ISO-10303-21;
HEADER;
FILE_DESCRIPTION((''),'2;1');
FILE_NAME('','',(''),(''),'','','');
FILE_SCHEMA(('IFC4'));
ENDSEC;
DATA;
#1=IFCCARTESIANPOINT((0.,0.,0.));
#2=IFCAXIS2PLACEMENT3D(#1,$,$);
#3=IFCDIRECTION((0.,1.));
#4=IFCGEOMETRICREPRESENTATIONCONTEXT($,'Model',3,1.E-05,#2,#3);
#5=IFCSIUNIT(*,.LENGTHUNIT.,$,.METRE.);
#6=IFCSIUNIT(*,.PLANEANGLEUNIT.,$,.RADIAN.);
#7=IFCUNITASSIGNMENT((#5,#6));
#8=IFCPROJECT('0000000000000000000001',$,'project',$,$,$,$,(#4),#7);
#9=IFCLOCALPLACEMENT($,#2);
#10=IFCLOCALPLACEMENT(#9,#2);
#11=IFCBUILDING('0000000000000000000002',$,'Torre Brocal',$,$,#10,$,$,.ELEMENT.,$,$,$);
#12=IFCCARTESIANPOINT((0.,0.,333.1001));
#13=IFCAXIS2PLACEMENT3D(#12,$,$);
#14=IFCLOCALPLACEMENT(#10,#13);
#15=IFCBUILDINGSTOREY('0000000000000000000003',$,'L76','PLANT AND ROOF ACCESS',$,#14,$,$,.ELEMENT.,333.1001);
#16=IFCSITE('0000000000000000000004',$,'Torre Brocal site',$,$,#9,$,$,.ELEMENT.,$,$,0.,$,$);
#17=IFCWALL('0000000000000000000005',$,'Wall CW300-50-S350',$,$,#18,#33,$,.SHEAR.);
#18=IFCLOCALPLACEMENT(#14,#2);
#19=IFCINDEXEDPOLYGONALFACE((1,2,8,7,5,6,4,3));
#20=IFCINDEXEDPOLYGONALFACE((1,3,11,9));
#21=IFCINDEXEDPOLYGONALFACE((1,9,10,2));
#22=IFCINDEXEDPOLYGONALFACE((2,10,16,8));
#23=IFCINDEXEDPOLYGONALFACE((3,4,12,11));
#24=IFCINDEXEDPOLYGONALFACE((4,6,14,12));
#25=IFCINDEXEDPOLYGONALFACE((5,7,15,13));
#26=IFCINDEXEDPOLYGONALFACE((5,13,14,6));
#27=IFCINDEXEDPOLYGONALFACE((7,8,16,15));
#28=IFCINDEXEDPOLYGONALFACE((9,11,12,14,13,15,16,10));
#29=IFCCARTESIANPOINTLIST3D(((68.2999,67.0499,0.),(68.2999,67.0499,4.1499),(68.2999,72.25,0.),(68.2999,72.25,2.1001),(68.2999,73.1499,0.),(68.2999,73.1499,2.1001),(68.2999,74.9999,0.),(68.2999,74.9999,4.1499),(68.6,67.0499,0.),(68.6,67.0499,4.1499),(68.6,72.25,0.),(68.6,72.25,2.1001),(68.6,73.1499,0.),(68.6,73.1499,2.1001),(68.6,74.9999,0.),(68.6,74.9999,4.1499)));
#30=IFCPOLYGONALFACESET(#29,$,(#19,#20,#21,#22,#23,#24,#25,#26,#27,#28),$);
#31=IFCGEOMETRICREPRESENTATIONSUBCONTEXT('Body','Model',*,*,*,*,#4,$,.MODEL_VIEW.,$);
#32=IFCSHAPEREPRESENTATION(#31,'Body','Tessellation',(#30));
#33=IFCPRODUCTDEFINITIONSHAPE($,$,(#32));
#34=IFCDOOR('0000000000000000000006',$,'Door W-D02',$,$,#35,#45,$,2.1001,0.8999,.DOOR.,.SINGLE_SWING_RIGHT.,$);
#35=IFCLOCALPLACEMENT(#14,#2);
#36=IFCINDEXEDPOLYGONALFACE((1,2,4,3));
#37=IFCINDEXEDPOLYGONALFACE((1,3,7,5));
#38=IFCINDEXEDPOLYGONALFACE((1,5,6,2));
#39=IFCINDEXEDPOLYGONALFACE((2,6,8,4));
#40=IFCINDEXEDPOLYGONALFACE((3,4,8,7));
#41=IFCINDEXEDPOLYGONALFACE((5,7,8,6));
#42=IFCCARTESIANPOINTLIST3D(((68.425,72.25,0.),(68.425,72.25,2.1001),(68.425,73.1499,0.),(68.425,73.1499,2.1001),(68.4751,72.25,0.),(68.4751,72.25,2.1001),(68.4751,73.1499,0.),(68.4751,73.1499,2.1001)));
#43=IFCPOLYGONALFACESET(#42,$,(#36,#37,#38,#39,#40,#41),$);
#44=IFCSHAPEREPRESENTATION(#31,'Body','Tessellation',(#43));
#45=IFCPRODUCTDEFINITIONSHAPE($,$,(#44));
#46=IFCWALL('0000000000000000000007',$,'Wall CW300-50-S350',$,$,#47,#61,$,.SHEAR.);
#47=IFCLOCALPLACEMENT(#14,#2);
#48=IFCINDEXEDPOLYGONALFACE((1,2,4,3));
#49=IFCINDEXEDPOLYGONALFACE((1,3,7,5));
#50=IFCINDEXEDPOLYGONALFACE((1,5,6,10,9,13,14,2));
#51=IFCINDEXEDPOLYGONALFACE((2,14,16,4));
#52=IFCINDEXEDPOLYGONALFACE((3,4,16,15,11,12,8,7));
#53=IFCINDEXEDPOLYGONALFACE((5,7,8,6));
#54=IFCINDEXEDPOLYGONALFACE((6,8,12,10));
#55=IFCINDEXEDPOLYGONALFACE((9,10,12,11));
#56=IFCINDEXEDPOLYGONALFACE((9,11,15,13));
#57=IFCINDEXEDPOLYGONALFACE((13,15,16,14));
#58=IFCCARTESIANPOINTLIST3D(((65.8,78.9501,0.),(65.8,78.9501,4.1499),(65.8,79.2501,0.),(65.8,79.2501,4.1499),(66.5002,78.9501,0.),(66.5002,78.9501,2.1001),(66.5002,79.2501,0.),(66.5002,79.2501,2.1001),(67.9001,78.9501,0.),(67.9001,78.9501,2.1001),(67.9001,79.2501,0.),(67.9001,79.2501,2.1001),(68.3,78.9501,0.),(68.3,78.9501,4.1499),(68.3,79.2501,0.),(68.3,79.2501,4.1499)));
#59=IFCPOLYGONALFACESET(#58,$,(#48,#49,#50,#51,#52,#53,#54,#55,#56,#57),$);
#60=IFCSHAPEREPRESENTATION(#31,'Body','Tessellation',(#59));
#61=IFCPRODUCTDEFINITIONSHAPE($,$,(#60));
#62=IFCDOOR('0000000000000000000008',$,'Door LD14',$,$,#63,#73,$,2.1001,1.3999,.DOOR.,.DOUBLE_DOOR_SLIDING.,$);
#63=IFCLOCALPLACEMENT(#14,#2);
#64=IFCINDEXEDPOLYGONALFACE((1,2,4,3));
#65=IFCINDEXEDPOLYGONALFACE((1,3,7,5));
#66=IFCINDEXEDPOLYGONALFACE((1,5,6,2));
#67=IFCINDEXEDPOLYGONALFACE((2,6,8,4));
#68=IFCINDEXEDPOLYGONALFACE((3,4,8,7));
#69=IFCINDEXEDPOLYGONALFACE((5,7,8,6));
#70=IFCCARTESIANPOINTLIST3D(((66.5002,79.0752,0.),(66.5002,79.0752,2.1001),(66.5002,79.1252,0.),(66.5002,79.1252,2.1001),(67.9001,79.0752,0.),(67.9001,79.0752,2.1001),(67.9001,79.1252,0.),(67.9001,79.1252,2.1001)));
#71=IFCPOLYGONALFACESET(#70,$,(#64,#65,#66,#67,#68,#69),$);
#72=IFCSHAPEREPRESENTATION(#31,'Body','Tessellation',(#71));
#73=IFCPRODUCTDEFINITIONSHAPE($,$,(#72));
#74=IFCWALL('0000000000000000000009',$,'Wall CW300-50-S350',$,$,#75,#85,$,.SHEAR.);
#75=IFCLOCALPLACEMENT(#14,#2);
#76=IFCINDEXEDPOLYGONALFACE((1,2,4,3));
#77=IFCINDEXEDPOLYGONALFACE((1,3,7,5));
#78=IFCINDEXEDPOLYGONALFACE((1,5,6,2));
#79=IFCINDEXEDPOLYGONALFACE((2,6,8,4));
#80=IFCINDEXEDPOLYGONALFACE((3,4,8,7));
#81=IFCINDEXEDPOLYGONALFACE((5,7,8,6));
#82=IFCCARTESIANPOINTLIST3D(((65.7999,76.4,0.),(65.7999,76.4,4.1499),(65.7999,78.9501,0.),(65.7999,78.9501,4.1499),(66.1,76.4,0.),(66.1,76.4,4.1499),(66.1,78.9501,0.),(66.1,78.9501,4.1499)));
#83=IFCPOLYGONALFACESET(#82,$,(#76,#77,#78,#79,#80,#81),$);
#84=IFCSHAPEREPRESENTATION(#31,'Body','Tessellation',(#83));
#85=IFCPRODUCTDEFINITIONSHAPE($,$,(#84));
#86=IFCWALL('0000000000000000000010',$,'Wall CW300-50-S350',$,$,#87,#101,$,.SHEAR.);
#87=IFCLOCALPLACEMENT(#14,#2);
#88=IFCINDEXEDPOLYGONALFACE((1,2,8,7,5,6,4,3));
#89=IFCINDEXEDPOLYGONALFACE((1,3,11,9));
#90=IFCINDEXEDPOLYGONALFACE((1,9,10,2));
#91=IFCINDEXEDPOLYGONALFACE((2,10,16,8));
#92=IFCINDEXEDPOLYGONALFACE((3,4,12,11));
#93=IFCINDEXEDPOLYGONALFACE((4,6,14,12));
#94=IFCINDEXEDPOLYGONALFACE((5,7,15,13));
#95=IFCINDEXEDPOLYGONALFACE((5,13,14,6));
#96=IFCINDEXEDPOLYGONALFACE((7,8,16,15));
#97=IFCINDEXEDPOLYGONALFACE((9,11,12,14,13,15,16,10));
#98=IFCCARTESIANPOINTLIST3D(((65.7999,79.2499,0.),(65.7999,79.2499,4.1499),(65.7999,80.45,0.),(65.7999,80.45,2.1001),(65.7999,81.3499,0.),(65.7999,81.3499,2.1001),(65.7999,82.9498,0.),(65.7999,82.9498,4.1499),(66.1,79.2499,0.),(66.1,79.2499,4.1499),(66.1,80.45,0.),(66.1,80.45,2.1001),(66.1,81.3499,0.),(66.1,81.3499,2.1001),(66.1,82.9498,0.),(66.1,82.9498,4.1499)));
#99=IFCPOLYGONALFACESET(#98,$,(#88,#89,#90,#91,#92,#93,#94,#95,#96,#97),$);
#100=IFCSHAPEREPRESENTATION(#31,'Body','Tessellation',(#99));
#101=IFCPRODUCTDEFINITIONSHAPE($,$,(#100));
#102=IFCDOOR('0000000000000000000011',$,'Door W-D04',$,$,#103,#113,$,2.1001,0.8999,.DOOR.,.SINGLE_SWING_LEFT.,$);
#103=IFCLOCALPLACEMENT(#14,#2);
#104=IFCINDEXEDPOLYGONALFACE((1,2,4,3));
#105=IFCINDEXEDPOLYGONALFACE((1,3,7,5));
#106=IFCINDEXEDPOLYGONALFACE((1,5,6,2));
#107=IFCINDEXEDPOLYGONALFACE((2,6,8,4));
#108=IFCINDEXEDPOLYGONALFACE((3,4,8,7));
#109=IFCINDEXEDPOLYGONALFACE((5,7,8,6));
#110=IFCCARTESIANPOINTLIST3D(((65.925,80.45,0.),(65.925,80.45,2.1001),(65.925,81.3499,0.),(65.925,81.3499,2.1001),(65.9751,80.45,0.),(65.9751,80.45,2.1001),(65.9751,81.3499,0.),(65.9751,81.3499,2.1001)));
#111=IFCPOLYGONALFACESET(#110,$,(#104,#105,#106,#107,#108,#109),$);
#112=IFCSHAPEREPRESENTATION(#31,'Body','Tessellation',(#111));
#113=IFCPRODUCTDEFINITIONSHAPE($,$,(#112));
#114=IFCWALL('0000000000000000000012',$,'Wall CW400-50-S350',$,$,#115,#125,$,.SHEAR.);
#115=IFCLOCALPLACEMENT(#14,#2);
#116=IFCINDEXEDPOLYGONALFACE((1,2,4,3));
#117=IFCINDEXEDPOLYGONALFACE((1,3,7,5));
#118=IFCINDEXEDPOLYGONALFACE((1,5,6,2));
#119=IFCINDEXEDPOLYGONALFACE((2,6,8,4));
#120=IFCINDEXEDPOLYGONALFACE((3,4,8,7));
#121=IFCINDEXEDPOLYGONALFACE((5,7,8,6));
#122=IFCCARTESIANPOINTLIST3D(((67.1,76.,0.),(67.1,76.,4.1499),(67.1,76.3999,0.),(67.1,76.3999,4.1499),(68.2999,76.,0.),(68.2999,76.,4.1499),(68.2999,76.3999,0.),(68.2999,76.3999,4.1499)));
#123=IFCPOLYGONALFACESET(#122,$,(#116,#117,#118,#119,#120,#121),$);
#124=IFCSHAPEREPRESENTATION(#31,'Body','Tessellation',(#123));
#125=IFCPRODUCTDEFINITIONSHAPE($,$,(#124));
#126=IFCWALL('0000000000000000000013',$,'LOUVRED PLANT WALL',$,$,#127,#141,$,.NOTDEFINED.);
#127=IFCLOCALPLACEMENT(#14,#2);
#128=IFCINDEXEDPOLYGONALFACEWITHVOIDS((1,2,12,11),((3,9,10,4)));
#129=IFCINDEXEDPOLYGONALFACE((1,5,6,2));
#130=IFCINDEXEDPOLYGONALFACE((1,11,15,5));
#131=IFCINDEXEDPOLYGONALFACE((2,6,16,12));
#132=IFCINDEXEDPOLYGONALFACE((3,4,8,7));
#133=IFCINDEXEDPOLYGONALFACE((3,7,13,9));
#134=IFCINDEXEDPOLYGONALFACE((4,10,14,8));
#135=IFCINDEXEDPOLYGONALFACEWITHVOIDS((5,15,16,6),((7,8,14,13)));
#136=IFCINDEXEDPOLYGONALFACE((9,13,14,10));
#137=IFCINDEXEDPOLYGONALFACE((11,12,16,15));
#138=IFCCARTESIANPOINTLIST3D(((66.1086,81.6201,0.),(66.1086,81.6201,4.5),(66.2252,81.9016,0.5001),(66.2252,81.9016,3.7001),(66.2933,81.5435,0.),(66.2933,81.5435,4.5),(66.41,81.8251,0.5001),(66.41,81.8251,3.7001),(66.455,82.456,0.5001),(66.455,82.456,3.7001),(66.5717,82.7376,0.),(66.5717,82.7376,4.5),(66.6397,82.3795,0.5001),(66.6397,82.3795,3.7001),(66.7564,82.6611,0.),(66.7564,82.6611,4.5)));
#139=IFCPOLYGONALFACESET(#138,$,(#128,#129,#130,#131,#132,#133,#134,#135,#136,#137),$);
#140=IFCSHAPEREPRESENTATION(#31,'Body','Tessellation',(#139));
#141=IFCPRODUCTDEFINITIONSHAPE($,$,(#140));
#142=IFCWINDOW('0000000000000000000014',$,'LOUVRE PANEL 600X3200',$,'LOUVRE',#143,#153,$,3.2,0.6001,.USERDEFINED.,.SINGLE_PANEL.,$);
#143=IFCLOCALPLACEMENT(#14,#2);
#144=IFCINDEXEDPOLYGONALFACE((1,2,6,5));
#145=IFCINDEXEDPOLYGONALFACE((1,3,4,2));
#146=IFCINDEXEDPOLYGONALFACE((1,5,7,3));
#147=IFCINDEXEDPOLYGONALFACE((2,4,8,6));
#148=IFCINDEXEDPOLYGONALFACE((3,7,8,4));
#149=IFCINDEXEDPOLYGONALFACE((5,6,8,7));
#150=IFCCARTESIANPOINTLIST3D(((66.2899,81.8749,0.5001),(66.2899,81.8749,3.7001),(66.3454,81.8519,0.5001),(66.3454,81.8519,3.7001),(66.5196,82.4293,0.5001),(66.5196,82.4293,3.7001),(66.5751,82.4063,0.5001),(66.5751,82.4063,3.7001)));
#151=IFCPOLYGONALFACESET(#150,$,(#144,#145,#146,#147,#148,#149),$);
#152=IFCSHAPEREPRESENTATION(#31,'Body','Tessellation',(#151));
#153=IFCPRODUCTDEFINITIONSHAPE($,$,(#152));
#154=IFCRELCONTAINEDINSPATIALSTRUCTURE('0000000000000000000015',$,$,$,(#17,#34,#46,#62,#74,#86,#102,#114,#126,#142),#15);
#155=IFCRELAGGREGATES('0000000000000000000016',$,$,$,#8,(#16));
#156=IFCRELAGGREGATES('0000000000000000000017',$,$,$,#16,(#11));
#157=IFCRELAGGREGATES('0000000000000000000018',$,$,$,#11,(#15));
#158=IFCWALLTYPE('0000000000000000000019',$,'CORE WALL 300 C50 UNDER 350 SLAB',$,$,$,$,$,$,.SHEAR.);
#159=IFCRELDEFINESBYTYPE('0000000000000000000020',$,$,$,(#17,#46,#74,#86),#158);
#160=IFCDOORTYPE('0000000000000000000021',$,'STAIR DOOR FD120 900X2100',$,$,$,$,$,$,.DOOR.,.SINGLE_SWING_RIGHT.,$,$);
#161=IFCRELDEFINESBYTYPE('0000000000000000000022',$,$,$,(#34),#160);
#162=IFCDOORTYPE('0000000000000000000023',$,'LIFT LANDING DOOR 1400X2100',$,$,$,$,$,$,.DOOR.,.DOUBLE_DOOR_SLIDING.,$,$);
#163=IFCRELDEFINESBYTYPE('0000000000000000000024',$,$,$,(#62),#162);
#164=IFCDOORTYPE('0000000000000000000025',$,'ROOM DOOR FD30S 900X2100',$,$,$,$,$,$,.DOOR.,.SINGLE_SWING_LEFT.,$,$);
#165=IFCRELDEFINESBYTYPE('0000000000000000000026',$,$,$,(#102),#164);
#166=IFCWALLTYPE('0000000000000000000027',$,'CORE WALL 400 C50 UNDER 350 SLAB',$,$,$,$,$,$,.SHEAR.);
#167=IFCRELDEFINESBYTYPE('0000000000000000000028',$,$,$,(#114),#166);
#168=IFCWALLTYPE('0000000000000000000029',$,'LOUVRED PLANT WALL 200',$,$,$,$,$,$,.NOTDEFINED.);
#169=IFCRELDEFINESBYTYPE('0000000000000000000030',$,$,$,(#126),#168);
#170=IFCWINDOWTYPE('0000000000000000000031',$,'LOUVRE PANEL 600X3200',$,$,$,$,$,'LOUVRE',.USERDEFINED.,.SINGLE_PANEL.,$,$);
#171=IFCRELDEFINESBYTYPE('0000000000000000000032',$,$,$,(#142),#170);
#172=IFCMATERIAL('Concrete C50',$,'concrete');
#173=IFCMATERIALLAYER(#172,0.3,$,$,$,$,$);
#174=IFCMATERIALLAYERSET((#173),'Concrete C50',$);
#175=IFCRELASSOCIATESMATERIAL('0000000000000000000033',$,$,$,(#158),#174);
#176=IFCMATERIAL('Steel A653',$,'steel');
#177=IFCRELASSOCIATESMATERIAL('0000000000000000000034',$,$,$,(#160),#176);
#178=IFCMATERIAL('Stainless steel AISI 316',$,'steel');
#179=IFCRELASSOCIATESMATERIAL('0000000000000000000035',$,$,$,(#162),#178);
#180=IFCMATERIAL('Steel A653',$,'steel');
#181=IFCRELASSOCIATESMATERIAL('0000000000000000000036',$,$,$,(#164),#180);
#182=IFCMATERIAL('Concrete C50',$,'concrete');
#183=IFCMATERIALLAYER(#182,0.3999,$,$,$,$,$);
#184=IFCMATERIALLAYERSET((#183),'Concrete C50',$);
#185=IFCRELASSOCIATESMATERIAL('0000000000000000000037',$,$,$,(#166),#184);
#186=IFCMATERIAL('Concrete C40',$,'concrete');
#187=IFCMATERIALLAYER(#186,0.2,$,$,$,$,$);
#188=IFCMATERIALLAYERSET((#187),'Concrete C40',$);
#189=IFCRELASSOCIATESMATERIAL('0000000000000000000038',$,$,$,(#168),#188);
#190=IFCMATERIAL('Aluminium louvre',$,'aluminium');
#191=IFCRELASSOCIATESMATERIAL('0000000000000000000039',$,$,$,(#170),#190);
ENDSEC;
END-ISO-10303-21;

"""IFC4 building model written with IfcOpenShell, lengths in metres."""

from ifc_helpers import new_model, si_unit, direction, frame, frame_2d, origin, place, context, subcontext, project, spatial, rectangle, extrude, material, layer, layer_set, type_object, element, fill, save


model = new_model("IFC4")

# Units and contexts
model_context = context("Model", 3, precision=1e-05, world=origin(), true_north=direction((0.0, 1.0)))
body_context = subcontext(model_context, "Body", "Model", "MODEL_VIEW")
ifc_project = project(units=[si_unit("LENGTHUNIT", "METRE"), si_unit("PLANEANGLEUNIT", "RADIAN")], contexts=[model_context])

# Site, building, storey
site_placement = place(None, origin())
site = spatial("IfcSite", under=ifc_project, at=site_placement, Name="Torre Brocal site", CompositionType="ELEMENT", RefElevation=0.0)
building_placement = place(site_placement, origin())
building = spatial("IfcBuilding", under=site, at=building_placement, Name="Torre Brocal", CompositionType="ELEMENT")
storey_placement = place(building_placement, frame((0.0, 0.0, 333.1001)))
storey = spatial("IfcBuildingStorey", under=building, at=storey_placement, Name="L76", Description="PLANT AND ROOF ACCESS", CompositionType="ELEMENT", Elevation=333.1001)

# Walls, openings, doors
ifc_material_1 = material(Name="Concrete C50", Category="concrete")
ifc_layer_1 = layer(ifc_material_1, 0.3)
ifc_layer_set_1 = layer_set([ifc_layer_1], Name="Concrete C50")
wall_type_1 = type_object("IfcWallType", Name="CORE WALL 300 C50 UNDER 350 SLAB", PredefinedType="SHEAR", material=ifc_layer_set_1)
wall_1_placement = place(storey_placement, frame((68.45, 75.0, 0.0), z_axis=(0.0, 0.0, 1.0), x_axis=(0.0, -1.0, 0.0)))
wall_1 = element("IfcWall", 1, at=wall_1_placement, inside=storey, type_object=wall_type_1, Name="Wall CW300-50-S350", PredefinedType="SHEAR", context=body_context, shape_type="SweptSolid", body=[
    extrude(rectangle(XDim=7.95, YDim=0.3, at=frame_2d((3.9751, 0.0))), origin(), (0.0, 0.0, 1.0), 4.1499),
])
opening_1_placement = place(wall_1_placement, frame((1.8501, 0.0, 0.0)))
opening_1 = element("IfcOpeningElement", 2, at=opening_1_placement, cuts=wall_1, PredefinedType="OPENING", context=body_context, shape_type="SweptSolid", body=[
    extrude(rectangle(XDim=0.8999, YDim=2.1001, at=frame_2d((0.45, 1.05))), frame((0.0, 0.1599, 0.0), z_axis=(0.0, -1.0, 0.0), x_axis=(1.0, 0.0, 0.0)), (0.0, 0.0, 1.0), 0.3201),
])
ifc_material_2 = material(Name="Steel A653", Category="steel")
door_type_1 = type_object("IfcDoorType", Name="STAIR DOOR FD120 900X2100", OperationType="SINGLE_SWING_RIGHT", PredefinedType="DOOR", material=ifc_material_2)
door_1_placement = place(opening_1_placement, frame((0.8999, 0.0, 0.0), z_axis=(0.0, 0.0, 1.0), x_axis=(-1.0, 0.0, 0.0)))
door_1 = element("IfcDoor", 3, at=door_1_placement, inside=storey, type_object=door_type_1, Name="Door W-D02", OperationType="SINGLE_SWING_RIGHT", OverallHeight=2.1001, OverallWidth=0.8999, PredefinedType="DOOR", context=body_context, shape_type="SweptSolid", body=[
    extrude(rectangle(XDim=0.8999, YDim=2.1001, at=frame_2d((0.45, 1.05))), frame((0.0, 0.0249, 0.0), z_axis=(0.0, -1.0, 0.0), x_axis=(1.0, 0.0, 0.0)), (0.0, 0.0, 1.0), 0.05),
])
fill(opening_1, door_1)
wall_2_placement = place(storey_placement, frame((68.3, 79.1001, 0.0), z_axis=(0.0, 0.0, 1.0), x_axis=(-1.0, 0.0, 0.0)))
wall_2 = element("IfcWall", 4, at=wall_2_placement, inside=storey, type_object=wall_type_1, Name="Wall CW300-50-S350", PredefinedType="SHEAR", context=body_context, shape_type="SweptSolid", body=[
    extrude(rectangle(XDim=2.5, YDim=0.3, at=frame_2d((1.25, 0.0))), origin(), (0.0, 0.0, 1.0), 4.1499),
])
opening_2_placement = place(wall_2_placement, frame((0.3999, 0.0, 0.0)))
opening_2 = element("IfcOpeningElement", 5, at=opening_2_placement, cuts=wall_2, PredefinedType="OPENING", context=body_context, shape_type="SweptSolid", body=[
    extrude(rectangle(XDim=1.3999, YDim=2.1001, at=frame_2d((0.7, 1.05))), frame((0.0, 0.1599, 0.0), z_axis=(0.0, -1.0, 0.0), x_axis=(1.0, 0.0, 0.0)), (0.0, 0.0, 1.0), 0.3201),
])
ifc_material_3 = material(Name="Stainless steel AISI 316", Category="steel")
door_type_2 = type_object("IfcDoorType", Name="LIFT LANDING DOOR 1400X2100", OperationType="DOUBLE_DOOR_SLIDING", PredefinedType="DOOR", material=ifc_material_3)
door_2_placement = place(opening_2_placement, origin())
door_2 = element("IfcDoor", 6, at=door_2_placement, inside=storey, type_object=door_type_2, Name="Door LD14", OperationType="DOUBLE_DOOR_SLIDING", OverallHeight=2.1001, OverallWidth=1.3999, PredefinedType="DOOR", context=body_context, shape_type="SweptSolid", body=[
    extrude(rectangle(XDim=1.3999, YDim=2.1001, at=frame_2d((0.7, 1.05))), frame((0.0, 0.0249, 0.0), z_axis=(0.0, -1.0, 0.0), x_axis=(1.0, 0.0, 0.0)), (0.0, 0.0, 1.0), 0.05),
])
fill(opening_2, door_2)

# Wall
wall_3_placement = place(storey_placement, frame((65.95, 78.95, 0.0), z_axis=(0.0, 0.0, 1.0), x_axis=(0.0, -1.0, 0.0)))
element("IfcWall", 7, at=wall_3_placement, inside=storey, type_object=wall_type_1, Name="Wall CW300-50-S350", PredefinedType="SHEAR", context=body_context, shape_type="SweptSolid", body=[
    extrude(rectangle(XDim=2.55, YDim=0.3, at=frame_2d((1.2749, 0.0))), origin(), (0.0, 0.0, 1.0), 4.1499),
])

# Wall, opening, door
wall_4_placement = place(storey_placement, frame((65.95, 82.95, 0.0), z_axis=(0.0, 0.0, 1.0), x_axis=(0.0, -1.0, 0.0)))
wall_4 = element("IfcWall", 8, at=wall_4_placement, inside=storey, type_object=wall_type_1, Name="Wall CW300-50-S350", PredefinedType="SHEAR", context=body_context, shape_type="SweptSolid", body=[
    extrude(rectangle(XDim=3.7, YDim=0.3, at=frame_2d((1.8501, 0.0))), origin(), (0.0, 0.0, 1.0), 4.1499),
])
opening_3_placement = place(wall_4_placement, frame((1.6001, 0.0, 0.0)))
opening_3 = element("IfcOpeningElement", 9, at=opening_3_placement, cuts=wall_4, PredefinedType="OPENING", context=body_context, shape_type="SweptSolid", body=[
    extrude(rectangle(XDim=0.8999, YDim=2.1001, at=frame_2d((0.45, 1.05))), frame((0.0, 0.1599, 0.0), z_axis=(0.0, -1.0, 0.0), x_axis=(1.0, 0.0, 0.0)), (0.0, 0.0, 1.0), 0.3201),
])
ifc_material_4 = material(Name="Steel A653", Category="steel")
door_type_3 = type_object("IfcDoorType", Name="ROOM DOOR FD30S 900X2100", OperationType="SINGLE_SWING_LEFT", PredefinedType="DOOR", material=ifc_material_4)
door_3_placement = place(opening_3_placement, frame((0.8999, 0.0, 0.0), z_axis=(0.0, 0.0, 1.0), x_axis=(-1.0, 0.0, 0.0)))
door_3 = element("IfcDoor", 10, at=door_3_placement, inside=storey, type_object=door_type_3, Name="Door W-D04", OperationType="SINGLE_SWING_LEFT", OverallHeight=2.1001, OverallWidth=0.8999, PredefinedType="DOOR", context=body_context, shape_type="SweptSolid", body=[
    extrude(rectangle(XDim=0.8999, YDim=2.1001, at=frame_2d((0.45, 1.05))), frame((0.0, 0.0249, 0.0), z_axis=(0.0, -1.0, 0.0), x_axis=(1.0, 0.0, 0.0)), (0.0, 0.0, 1.0), 0.05),
])
fill(opening_3, door_3)

# Wall
ifc_material_5 = material(Name="Concrete C50", Category="concrete")
ifc_layer_2 = layer(ifc_material_5, 0.3999)
ifc_layer_set_2 = layer_set([ifc_layer_2], Name="Concrete C50")
wall_type_2 = type_object("IfcWallType", Name="CORE WALL 400 C50 UNDER 350 SLAB", PredefinedType="SHEAR", material=ifc_layer_set_2)
wall_5_placement = place(storey_placement, frame((68.3, 76.2, 0.0), z_axis=(0.0, 0.0, 1.0), x_axis=(-1.0, 0.0, 0.0)))
element("IfcWall", 11, at=wall_5_placement, inside=storey, type_object=wall_type_2, Name="Wall CW400-50-S350", PredefinedType="SHEAR", context=body_context, shape_type="SweptSolid", body=[
    extrude(rectangle(XDim=1.2, YDim=0.3999, at=frame_2d((0.6001, 0.0))), origin(), (0.0, 0.0, 1.0), 4.1499),
])

# Wall, opening, window
ifc_material_6 = material(Name="Concrete C40", Category="concrete")
ifc_layer_3 = layer(ifc_material_6, 0.2)
ifc_layer_set_3 = layer_set([ifc_layer_3], Name="Concrete C40")
wall_type_3 = type_object("IfcWallType", Name="LOUVRED PLANT WALL 200", PredefinedType="NOTDEFINED", material=ifc_layer_set_3)
wall_6_placement = place(storey_placement, frame((66.6641, 82.6995, 0.0), z_axis=(0.0, 0.0, 1.0), x_axis=(-0.382809, -0.923827, 0.0)))
wall_6 = element("IfcWall", 12, at=wall_6_placement, inside=storey, type_object=wall_type_3, Name="LOUVRED PLANT WALL", PredefinedType="NOTDEFINED", context=body_context, shape_type="SweptSolid", body=[
    extrude(rectangle(XDim=1.2097, YDim=0.2, at=frame_2d((0.605, 0.0))), origin(), (0.0, 0.0, 1.0), 4.5),
])
opening_4_placement = place(wall_6_placement, frame((0.3049, 0.0, 0.5)))
opening_4 = element("IfcOpeningElement", 13, at=opening_4_placement, cuts=wall_6, PredefinedType="OPENING", context=body_context, shape_type="SweptSolid", body=[
    extrude(rectangle(XDim=0.6001, YDim=3.2, at=frame_2d((0.3, 1.6001))), frame((0.0, 0.1099, 0.0), z_axis=(0.0, -1.0, 0.0), x_axis=(1.0, 0.0, 0.0)), (0.0, 0.0, 1.0), 0.22),
])
ifc_material_7 = material(Name="Aluminium louvre", Category="aluminium")
window_type_1 = type_object("IfcWindowType", Name="LOUVRE PANEL 600X3200", ElementType="LOUVRE", PartitioningType="SINGLE_PANEL", PredefinedType="USERDEFINED", material=ifc_material_7)
window_1_placement = place(opening_4_placement, origin())
window_1 = element("IfcWindow", 14, at=window_1_placement, inside=storey, type_object=window_type_1, Name="LOUVRE PANEL 600X3200", ObjectType="LOUVRE", OverallHeight=3.2, OverallWidth=0.6001, PartitioningType="SINGLE_PANEL", PredefinedType="USERDEFINED", context=body_context, shape_type="SweptSolid", body=[
    extrude(rectangle(XDim=0.6001, YDim=3.2, at=frame_2d((0.3, 1.6001))), frame((0.0, 0.03, 0.0), z_axis=(0.0, -1.0, 0.0), x_axis=(1.0, 0.0, 0.0)), (0.0, 0.0, 1.0), 0.0601),
])
fill(opening_4, window_1)

save(model, "model.ifc")
